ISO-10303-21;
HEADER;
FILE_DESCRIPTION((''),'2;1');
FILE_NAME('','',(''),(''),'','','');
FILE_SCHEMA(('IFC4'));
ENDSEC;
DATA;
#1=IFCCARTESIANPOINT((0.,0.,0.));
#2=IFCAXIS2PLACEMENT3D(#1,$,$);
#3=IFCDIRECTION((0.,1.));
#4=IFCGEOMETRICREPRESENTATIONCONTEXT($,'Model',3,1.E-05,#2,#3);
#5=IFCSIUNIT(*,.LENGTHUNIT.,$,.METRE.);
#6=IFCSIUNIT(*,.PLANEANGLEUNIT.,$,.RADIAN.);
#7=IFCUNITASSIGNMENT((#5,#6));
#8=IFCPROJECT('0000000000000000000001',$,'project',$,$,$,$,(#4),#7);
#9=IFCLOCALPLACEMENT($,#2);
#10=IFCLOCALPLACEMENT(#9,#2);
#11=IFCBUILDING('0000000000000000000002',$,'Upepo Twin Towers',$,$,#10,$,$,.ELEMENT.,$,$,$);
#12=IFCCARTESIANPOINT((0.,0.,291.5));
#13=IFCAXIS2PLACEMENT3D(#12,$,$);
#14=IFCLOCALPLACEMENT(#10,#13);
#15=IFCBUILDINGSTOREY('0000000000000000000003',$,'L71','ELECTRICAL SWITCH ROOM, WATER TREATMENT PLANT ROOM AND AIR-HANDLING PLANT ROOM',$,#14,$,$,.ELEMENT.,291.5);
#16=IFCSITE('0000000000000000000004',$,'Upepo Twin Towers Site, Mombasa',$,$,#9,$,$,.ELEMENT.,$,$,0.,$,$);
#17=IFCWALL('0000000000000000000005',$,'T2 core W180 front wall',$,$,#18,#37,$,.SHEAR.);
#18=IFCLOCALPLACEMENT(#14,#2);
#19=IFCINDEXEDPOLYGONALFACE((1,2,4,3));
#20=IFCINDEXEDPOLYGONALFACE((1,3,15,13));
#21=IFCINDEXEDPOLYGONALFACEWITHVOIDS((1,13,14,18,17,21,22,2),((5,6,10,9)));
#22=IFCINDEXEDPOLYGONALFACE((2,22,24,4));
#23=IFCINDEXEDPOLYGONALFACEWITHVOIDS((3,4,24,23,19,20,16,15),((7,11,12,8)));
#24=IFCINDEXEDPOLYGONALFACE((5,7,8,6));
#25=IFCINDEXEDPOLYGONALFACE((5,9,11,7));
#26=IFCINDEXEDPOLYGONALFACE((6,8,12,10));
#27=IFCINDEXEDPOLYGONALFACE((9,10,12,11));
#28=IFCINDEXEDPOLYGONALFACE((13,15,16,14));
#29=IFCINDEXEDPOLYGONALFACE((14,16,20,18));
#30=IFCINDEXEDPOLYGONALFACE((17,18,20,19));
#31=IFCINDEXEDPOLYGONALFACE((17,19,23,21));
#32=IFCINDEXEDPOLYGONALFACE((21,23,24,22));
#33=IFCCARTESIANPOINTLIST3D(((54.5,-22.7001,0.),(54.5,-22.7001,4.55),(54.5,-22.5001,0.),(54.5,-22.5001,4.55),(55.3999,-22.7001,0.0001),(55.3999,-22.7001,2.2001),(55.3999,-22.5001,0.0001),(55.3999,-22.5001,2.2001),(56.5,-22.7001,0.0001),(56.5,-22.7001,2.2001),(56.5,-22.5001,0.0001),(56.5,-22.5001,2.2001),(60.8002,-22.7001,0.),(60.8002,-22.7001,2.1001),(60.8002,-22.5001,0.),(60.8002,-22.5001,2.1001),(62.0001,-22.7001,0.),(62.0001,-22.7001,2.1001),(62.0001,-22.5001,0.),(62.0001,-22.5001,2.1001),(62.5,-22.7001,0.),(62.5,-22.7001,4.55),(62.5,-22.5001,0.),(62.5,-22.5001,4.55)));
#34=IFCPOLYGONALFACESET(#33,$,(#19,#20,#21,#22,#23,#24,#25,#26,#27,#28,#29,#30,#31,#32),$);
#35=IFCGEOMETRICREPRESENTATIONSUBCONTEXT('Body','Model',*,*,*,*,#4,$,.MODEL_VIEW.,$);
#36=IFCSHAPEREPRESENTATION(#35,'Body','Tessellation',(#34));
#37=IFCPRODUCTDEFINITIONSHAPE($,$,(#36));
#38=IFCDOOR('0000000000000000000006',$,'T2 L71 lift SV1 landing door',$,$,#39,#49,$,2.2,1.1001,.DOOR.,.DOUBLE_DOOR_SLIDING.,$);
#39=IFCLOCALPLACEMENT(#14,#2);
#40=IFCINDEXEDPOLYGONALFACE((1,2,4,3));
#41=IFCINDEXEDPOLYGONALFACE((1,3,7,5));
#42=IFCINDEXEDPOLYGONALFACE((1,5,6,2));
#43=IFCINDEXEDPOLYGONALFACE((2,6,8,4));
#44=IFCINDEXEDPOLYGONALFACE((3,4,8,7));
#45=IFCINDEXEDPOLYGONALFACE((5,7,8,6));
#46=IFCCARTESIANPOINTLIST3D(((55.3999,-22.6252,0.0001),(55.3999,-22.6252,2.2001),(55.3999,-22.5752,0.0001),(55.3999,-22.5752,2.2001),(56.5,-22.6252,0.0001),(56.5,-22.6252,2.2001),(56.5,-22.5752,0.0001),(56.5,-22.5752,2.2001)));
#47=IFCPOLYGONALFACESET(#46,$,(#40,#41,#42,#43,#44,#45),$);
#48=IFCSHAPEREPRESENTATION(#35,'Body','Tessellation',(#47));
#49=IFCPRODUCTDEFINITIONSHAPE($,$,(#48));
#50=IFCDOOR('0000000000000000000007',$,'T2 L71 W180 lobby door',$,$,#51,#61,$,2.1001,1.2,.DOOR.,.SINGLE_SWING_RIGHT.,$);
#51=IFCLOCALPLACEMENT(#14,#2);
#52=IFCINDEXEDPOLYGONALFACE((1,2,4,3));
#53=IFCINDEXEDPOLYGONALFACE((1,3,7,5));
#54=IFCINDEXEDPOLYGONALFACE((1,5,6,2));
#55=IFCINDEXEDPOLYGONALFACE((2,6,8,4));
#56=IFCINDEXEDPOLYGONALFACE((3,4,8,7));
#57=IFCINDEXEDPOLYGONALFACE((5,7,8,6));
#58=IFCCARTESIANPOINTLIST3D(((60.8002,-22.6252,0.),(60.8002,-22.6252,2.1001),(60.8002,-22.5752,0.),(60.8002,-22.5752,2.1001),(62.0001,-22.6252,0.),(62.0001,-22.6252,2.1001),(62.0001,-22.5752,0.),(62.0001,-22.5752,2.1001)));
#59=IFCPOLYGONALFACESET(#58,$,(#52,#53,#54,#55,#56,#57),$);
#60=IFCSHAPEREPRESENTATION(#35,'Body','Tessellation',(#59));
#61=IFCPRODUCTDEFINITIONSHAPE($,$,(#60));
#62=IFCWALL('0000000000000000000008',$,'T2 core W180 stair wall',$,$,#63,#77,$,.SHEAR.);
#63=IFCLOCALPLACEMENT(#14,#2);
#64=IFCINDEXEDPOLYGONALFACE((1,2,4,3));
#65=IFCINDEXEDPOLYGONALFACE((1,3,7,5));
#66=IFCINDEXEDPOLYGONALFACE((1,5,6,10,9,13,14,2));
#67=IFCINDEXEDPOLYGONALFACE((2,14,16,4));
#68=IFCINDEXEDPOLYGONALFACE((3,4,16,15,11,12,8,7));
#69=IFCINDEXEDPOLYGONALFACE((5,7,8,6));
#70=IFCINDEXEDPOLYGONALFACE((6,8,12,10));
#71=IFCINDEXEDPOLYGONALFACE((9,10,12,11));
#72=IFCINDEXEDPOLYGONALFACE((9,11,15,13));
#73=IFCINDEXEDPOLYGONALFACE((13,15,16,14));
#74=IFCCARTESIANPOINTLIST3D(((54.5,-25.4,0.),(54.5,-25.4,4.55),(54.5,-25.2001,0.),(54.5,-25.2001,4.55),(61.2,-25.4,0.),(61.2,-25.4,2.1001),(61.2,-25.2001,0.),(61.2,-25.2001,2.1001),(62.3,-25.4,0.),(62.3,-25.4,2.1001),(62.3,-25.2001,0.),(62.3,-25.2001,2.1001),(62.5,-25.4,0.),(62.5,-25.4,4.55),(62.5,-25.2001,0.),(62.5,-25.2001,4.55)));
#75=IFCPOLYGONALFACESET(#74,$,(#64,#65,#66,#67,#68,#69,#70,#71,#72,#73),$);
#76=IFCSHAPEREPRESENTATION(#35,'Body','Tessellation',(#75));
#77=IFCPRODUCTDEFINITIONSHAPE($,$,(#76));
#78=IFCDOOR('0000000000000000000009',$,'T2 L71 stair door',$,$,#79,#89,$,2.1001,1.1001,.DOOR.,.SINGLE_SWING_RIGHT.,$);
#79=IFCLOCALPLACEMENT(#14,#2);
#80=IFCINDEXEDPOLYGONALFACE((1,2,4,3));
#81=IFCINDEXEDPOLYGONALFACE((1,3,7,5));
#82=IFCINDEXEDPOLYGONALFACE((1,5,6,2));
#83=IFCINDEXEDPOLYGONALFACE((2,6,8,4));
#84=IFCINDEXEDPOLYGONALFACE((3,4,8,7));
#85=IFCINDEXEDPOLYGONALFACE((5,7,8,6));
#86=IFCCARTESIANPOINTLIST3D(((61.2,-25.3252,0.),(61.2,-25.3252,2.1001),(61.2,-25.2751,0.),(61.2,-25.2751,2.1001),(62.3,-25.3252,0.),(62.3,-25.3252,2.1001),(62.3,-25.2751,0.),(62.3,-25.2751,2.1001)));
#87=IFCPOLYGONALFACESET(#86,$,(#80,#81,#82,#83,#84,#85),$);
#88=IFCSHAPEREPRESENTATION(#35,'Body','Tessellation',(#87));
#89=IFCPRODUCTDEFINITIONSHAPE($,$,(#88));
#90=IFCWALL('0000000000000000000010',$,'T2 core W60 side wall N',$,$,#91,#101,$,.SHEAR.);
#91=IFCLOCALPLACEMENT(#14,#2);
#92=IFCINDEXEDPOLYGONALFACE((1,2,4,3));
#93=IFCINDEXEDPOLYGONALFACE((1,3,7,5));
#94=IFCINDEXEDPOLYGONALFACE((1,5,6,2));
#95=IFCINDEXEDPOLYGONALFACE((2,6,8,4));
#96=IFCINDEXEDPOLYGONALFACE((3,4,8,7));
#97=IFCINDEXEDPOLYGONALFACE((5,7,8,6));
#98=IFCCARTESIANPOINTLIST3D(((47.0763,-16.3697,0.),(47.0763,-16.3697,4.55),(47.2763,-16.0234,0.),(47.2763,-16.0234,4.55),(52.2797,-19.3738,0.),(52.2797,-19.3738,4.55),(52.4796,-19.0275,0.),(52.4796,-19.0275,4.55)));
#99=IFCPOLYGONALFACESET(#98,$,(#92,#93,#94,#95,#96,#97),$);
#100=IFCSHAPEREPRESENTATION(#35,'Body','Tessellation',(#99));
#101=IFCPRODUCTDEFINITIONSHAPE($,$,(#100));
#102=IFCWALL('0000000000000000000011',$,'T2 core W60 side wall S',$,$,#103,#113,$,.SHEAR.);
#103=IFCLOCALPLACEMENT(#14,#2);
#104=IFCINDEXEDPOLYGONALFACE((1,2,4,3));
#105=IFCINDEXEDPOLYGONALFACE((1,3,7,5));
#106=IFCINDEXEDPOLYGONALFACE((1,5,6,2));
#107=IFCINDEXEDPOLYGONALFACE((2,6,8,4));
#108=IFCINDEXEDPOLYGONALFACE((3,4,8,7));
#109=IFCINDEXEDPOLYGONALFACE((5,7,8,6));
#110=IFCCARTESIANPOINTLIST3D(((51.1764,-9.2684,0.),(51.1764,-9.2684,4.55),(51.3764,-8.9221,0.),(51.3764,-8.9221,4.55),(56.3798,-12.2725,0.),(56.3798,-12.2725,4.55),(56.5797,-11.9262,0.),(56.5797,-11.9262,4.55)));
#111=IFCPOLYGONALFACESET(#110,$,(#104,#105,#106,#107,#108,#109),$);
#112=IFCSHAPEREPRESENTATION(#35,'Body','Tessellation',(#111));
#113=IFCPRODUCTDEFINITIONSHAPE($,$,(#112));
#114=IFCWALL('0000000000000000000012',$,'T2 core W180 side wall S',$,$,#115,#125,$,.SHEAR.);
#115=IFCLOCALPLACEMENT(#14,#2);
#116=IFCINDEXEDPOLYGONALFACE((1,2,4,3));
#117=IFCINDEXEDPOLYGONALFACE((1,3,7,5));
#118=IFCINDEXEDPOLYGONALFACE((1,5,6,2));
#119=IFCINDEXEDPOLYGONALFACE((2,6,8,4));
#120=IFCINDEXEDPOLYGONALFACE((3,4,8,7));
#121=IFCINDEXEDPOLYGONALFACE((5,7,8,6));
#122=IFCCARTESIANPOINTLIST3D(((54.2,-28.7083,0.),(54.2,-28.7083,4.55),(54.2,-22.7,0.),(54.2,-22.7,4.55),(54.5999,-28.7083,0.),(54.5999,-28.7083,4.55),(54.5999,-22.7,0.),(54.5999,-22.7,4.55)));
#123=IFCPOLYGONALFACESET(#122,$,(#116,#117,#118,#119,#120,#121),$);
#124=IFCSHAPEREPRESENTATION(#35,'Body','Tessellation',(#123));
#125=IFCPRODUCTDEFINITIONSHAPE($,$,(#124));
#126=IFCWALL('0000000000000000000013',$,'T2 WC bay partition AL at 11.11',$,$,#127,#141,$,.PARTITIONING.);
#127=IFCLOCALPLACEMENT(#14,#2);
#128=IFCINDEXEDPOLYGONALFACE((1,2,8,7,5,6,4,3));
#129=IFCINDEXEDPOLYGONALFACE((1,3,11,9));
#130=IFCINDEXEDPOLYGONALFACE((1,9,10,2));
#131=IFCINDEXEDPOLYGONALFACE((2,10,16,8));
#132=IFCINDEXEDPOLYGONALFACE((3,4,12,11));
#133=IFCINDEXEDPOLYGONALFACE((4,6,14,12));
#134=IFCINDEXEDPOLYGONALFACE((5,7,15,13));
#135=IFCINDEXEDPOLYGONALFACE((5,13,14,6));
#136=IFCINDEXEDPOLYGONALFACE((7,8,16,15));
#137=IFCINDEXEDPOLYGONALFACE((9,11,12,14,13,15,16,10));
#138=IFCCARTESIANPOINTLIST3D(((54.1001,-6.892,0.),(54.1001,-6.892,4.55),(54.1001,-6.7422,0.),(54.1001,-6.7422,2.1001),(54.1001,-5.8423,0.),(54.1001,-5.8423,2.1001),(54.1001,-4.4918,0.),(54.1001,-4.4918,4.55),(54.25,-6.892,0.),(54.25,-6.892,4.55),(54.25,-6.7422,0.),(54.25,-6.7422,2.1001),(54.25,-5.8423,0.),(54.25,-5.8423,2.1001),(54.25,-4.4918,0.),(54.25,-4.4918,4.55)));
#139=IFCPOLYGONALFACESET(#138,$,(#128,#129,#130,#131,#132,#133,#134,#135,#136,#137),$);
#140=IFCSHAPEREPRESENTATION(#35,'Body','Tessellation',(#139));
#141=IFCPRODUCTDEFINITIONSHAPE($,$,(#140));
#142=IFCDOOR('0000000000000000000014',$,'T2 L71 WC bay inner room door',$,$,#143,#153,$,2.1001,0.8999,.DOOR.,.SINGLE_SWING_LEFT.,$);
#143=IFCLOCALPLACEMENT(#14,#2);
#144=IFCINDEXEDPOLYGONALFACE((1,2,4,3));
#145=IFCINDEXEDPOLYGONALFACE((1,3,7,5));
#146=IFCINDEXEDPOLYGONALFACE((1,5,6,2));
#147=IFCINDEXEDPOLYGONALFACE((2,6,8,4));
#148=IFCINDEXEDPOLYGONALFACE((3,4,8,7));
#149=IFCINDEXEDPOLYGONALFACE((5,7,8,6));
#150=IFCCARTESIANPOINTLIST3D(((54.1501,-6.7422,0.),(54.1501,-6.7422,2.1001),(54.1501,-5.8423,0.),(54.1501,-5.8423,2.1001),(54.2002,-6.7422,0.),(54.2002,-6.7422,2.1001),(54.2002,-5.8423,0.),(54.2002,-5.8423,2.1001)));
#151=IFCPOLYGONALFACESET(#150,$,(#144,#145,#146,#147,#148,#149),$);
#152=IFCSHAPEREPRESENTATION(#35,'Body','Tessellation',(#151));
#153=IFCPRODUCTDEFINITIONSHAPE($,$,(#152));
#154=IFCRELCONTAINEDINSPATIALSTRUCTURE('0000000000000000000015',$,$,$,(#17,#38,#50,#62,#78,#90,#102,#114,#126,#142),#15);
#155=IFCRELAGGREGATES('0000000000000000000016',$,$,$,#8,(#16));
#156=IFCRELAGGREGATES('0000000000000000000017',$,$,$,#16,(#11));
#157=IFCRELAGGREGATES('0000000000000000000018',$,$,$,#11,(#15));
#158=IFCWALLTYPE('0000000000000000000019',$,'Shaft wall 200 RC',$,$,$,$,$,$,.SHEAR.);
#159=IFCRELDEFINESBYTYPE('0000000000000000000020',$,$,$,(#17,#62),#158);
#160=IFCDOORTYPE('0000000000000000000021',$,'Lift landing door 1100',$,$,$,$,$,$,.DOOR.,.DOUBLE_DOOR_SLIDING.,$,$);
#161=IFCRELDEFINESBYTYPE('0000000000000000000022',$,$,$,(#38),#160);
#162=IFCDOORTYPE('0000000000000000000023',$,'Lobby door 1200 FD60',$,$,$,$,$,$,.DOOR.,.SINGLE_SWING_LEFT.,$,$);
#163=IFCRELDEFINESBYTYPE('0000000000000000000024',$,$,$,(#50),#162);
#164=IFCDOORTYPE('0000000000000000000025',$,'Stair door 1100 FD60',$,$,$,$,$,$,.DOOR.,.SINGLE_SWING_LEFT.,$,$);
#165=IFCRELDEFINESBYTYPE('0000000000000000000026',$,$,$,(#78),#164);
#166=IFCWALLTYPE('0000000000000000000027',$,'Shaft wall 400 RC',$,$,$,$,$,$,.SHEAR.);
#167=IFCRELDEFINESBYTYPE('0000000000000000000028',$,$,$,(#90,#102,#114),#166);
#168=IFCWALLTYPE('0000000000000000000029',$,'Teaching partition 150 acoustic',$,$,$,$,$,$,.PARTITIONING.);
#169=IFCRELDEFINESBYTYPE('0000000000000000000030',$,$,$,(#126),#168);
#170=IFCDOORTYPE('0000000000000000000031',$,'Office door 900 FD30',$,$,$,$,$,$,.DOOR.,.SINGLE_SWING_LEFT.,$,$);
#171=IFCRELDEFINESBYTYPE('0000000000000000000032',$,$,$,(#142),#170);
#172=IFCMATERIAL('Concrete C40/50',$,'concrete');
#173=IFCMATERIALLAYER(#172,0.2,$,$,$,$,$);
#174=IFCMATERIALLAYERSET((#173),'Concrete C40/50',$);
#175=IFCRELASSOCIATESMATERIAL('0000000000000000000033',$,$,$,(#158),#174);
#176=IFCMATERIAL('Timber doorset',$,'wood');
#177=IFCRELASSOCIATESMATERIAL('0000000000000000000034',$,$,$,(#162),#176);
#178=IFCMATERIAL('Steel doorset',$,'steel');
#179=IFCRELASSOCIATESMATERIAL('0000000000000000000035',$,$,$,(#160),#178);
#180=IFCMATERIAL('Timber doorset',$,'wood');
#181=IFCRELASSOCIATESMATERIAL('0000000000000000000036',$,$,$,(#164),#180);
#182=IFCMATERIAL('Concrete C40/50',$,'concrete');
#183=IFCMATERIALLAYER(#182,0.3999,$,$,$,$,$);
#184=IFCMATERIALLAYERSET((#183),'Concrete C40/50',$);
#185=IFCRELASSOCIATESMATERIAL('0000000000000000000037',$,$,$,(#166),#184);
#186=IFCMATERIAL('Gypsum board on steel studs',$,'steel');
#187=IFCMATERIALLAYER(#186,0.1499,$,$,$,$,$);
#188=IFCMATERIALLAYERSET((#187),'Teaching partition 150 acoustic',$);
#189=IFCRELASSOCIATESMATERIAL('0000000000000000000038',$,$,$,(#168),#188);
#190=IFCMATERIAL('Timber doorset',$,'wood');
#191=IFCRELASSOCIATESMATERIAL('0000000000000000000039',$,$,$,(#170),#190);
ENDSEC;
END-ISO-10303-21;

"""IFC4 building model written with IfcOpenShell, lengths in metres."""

from ifc_helpers import new_model, si_unit, direction, frame, frame_2d, origin, place, context, subcontext, project, spatial, rectangle, extrude, material, layer, layer_set, type_object, element, fill, save


model = new_model("IFC4")

# Units and contexts
model_context = context("Model", 3, precision=1e-05, world=origin(), true_north=direction((0.0, 1.0)))
body_context = subcontext(model_context, "Body", "Model", "MODEL_VIEW")
ifc_project = project(units=[si_unit("LENGTHUNIT", "METRE"), si_unit("PLANEANGLEUNIT", "RADIAN")], contexts=[model_context])

# Site, building, storey
site_placement = place(None, origin())
site = spatial("IfcSite", under=ifc_project, at=site_placement, Name="Upepo Twin Towers Site, Mombasa", CompositionType="ELEMENT", RefElevation=0.0)
building_placement = place(site_placement, origin())
building = spatial("IfcBuilding", under=site, at=building_placement, Name="Upepo Twin Towers", CompositionType="ELEMENT")
storey_placement = place(building_placement, frame((0.0, 0.0, 291.5)))
storey = spatial("IfcBuildingStorey", under=building, at=storey_placement, Name="L71", Description="ELECTRICAL SWITCH ROOM, WATER TREATMENT PLANT ROOM AND AIR-HANDLING PLANT ROOM", CompositionType="ELEMENT", Elevation=291.5)

# Shared definitions
ifc_material_1 = material(Name="Concrete C40/50", Category="concrete")
ifc_layer_1 = layer(ifc_material_1, 0.2)
ifc_layer_set_1 = layer_set([ifc_layer_1], Name="Concrete C40/50")
wall_type_1 = type_object("IfcWallType", Name="Shaft wall 200 RC", PredefinedType="SHEAR", material=ifc_layer_set_1)
ifc_material_2 = material(Name="Timber doorset", Category="wood")
door_type_1 = type_object("IfcDoorType", Name="Lobby door 1200 FD60", OperationType="SINGLE_SWING_LEFT", PredefinedType="DOOR", material=ifc_material_2)

# Wall, openings, doors
wall_1_placement = place(storey_placement, frame((54.5, -22.6001, 0.0), z_axis=(0.0, 0.0, 1.0), x_axis=(1.0, 0.0, 0.0)))
wall_1 = element("IfcWall", 1, at=wall_1_placement, inside=storey, type_object=wall_type_1, Name="T2 core W180 front wall", PredefinedType="SHEAR", context=body_context, shape_type="SweptSolid", body=[
    extrude(rectangle(XDim=8.0, YDim=0.2, at=frame_2d((4.0, 0.0))), origin(), (0.0, 0.0, 1.0), 4.55),
])
opening_1_placement = place(wall_1_placement, frame((6.3, 0.0, 0.0)))
opening_1 = element("IfcOpeningElement", 2, at=opening_1_placement, cuts=wall_1, PredefinedType="OPENING", context=body_context, shape_type="SweptSolid", body=[
    extrude(rectangle(XDim=1.2, YDim=2.1001, at=frame_2d((0.6001, 1.05))), frame((0.0, 0.1099, 0.0), z_axis=(0.0, -1.0, 0.0), x_axis=(1.0, 0.0, 0.0)), (0.0, 0.0, 1.0), 0.22),
])
opening_2_placement = place(wall_1_placement, frame((0.8999, 0.0, 0.0)))
opening_2 = element("IfcOpeningElement", 3, at=opening_2_placement, cuts=wall_1, PredefinedType="OPENING", context=body_context, shape_type="SweptSolid", body=[
    extrude(rectangle(XDim=1.1001, YDim=2.2, at=frame_2d((0.55, 1.1001))), frame((0.0, 0.1099, 0.0), z_axis=(0.0, -1.0, 0.0), x_axis=(1.0, 0.0, 0.0)), (0.0, 0.0, 1.0), 0.22),
])
ifc_material_3 = material(Name="Steel doorset", Category="steel")
door_type_2 = type_object("IfcDoorType", Name="Lift landing door 1100", OperationType="DOUBLE_DOOR_SLIDING", PredefinedType="DOOR", material=ifc_material_3)
door_1_placement = place(opening_2_placement, origin())
door_1 = element("IfcDoor", 4, at=door_1_placement, inside=storey, type_object=door_type_2, Name="T2 L71 lift SV1 landing door", OperationType="DOUBLE_DOOR_SLIDING", OverallHeight=2.2, OverallWidth=1.1001, PredefinedType="DOOR", context=body_context, shape_type="SweptSolid", body=[
    extrude(rectangle(XDim=1.1001, YDim=2.2, at=frame_2d((0.55, 1.1001))), frame((0.0, 0.0249, 0.0), z_axis=(0.0, -1.0, 0.0), x_axis=(1.0, 0.0, 0.0)), (0.0, 0.0, 1.0), 0.05),
])
fill(opening_2, door_1)
door_2_placement = place(opening_1_placement, origin())
door_2 = element("IfcDoor", 5, at=door_2_placement, inside=storey, type_object=door_type_1, Name="T2 L71 W180 lobby door", OperationType="SINGLE_SWING_RIGHT", OverallHeight=2.1001, OverallWidth=1.2, PredefinedType="DOOR", context=body_context, shape_type="SweptSolid", body=[
    extrude(rectangle(XDim=1.2, YDim=2.1001, at=frame_2d((0.6001, 1.05))), frame((0.0, 0.0249, 0.0), z_axis=(0.0, -1.0, 0.0), x_axis=(1.0, 0.0, 0.0)), (0.0, 0.0, 1.0), 0.05),
])
fill(opening_1, door_2)

# Wall, opening, door
wall_2_placement = place(storey_placement, frame((54.5, -25.3, 0.0), z_axis=(0.0, 0.0, 1.0), x_axis=(1.0, 0.0, 0.0)))
wall_2 = element("IfcWall", 6, at=wall_2_placement, inside=storey, type_object=wall_type_1, Name="T2 core W180 stair wall", PredefinedType="SHEAR", context=body_context, shape_type="SweptSolid", body=[
    extrude(rectangle(XDim=8.0, YDim=0.2, at=frame_2d((4.0, 0.0))), origin(), (0.0, 0.0, 1.0), 4.55),
])
opening_3_placement = place(wall_2_placement, frame((6.7, 0.0, 0.0)))
opening_3 = element("IfcOpeningElement", 7, at=opening_3_placement, cuts=wall_2, PredefinedType="OPENING", context=body_context, shape_type="SweptSolid", body=[
    extrude(rectangle(XDim=1.1001, YDim=2.1001, at=frame_2d((0.55, 1.05))), frame((0.0, 0.1099, 0.0), z_axis=(0.0, -1.0, 0.0), x_axis=(1.0, 0.0, 0.0)), (0.0, 0.0, 1.0), 0.22),
])
ifc_material_4 = material(Name="Timber doorset", Category="wood")
door_type_3 = type_object("IfcDoorType", Name="Stair door 1100 FD60", OperationType="SINGLE_SWING_LEFT", PredefinedType="DOOR", material=ifc_material_4)
door_3_placement = place(opening_3_placement, origin())
door_3 = element("IfcDoor", 8, at=door_3_placement, inside=storey, type_object=door_type_3, Name="T2 L71 stair door", OperationType="SINGLE_SWING_RIGHT", OverallHeight=2.1001, OverallWidth=1.1001, PredefinedType="DOOR", context=body_context, shape_type="SweptSolid", body=[
    extrude(rectangle(XDim=1.1001, YDim=2.1001, at=frame_2d((0.55, 1.05))), frame((0.0, 0.0249, 0.0), z_axis=(0.0, -1.0, 0.0), x_axis=(1.0, 0.0, 0.0)), (0.0, 0.0, 1.0), 0.05),
])
fill(opening_3, door_3)

# Walls
ifc_material_5 = material(Name="Concrete C40/50", Category="concrete")
ifc_layer_2 = layer(ifc_material_5, 0.3999)
ifc_layer_set_2 = layer_set([ifc_layer_2], Name="Concrete C40/50")
wall_type_2 = type_object("IfcWallType", Name="Shaft wall 400 RC", PredefinedType="SHEAR", material=ifc_layer_set_2)
for number, where, z_axis, x_axis, name in (
    (9, (52.3796, -19.2007, 0.0), (0.0, 0.0, 1.0), (-0.866027, 0.499998, 0.0), "T2 core W60 side wall N"),
    (10, (56.4797, -12.0994, 0.0), (0.0, 0.0, 1.0), (-0.866027, 0.499998, 0.0), "T2 core W60 side wall S"),
    (11, (54.3999, -22.7, 0.0), (0.0, 0.0, 1.0), (0.0, -1.0, 0.0), "T2 core W180 side wall S"),
):
    element("IfcWall", number, at=place(storey_placement, frame(where, z_axis=z_axis, x_axis=x_axis)), inside=storey, type_object=wall_type_2, Name=name, PredefinedType="SHEAR", context=body_context, shape_type="SweptSolid", body=[
        extrude(rectangle(XDim=6.0083, YDim=0.3999, at=frame_2d((3.0042, 0.0))), origin(), (0.0, 0.0, 1.0), 4.55),
    ])

# Wall, opening, door
ifc_material_6 = material(Name="Gypsum board on steel studs", Category="steel")
ifc_layer_3 = layer(ifc_material_6, 0.1499)
ifc_layer_set_3 = layer_set([ifc_layer_3], Name="Teaching partition 150 acoustic")
wall_type_3 = type_object("IfcWallType", Name="Teaching partition 150 acoustic", PredefinedType="PARTITIONING", material=ifc_layer_set_3)
wall_3_placement = place(storey_placement, frame((54.175, -6.8921, 0.0), z_axis=(0.0, 0.0, 1.0), x_axis=(0.0, 1.0, 0.0)))
wall_3 = element("IfcWall", 12, at=wall_3_placement, inside=storey, type_object=wall_type_3, Name="T2 WC bay partition AL at 11.11", PredefinedType="PARTITIONING", context=body_context, shape_type="SweptSolid", body=[
    extrude(rectangle(XDim=2.4001, YDim=0.1499, at=frame_2d((1.2002, 0.0))), origin(), (0.0, 0.0, 1.0), 4.55),
])
opening_4_placement = place(wall_3_placement, frame((0.1499, 0.0, 0.0)))
opening_4 = element("IfcOpeningElement", 13, at=opening_4_placement, cuts=wall_3, PredefinedType="OPENING", context=body_context, shape_type="SweptSolid", body=[
    extrude(rectangle(XDim=0.8999, YDim=2.1001, at=frame_2d((0.45, 1.05))), frame((0.0, 0.085, 0.0), z_axis=(0.0, -1.0, 0.0), x_axis=(1.0, 0.0, 0.0)), (0.0, 0.0, 1.0), 0.1699),
])
ifc_material_7 = material(Name="Timber doorset", Category="wood")
door_type_4 = type_object("IfcDoorType", Name="Office door 900 FD30", OperationType="SINGLE_SWING_LEFT", PredefinedType="DOOR", material=ifc_material_7)
door_4_placement = place(opening_4_placement, origin())
door_4 = element("IfcDoor", 14, at=door_4_placement, inside=storey, type_object=door_type_4, Name="T2 L71 WC bay inner room door", OperationType="SINGLE_SWING_LEFT", OverallHeight=2.1001, OverallWidth=0.8999, PredefinedType="DOOR", context=body_context, shape_type="SweptSolid", body=[
    extrude(rectangle(XDim=0.8999, YDim=2.1001, at=frame_2d((0.45, 1.05))), frame((0.0, 0.0249, 0.0), z_axis=(0.0, -1.0, 0.0), x_axis=(1.0, 0.0, 0.0)), (0.0, 0.0, 1.0), 0.05),
])
fill(opening_4, door_4)

save(model, "model.ifc")
